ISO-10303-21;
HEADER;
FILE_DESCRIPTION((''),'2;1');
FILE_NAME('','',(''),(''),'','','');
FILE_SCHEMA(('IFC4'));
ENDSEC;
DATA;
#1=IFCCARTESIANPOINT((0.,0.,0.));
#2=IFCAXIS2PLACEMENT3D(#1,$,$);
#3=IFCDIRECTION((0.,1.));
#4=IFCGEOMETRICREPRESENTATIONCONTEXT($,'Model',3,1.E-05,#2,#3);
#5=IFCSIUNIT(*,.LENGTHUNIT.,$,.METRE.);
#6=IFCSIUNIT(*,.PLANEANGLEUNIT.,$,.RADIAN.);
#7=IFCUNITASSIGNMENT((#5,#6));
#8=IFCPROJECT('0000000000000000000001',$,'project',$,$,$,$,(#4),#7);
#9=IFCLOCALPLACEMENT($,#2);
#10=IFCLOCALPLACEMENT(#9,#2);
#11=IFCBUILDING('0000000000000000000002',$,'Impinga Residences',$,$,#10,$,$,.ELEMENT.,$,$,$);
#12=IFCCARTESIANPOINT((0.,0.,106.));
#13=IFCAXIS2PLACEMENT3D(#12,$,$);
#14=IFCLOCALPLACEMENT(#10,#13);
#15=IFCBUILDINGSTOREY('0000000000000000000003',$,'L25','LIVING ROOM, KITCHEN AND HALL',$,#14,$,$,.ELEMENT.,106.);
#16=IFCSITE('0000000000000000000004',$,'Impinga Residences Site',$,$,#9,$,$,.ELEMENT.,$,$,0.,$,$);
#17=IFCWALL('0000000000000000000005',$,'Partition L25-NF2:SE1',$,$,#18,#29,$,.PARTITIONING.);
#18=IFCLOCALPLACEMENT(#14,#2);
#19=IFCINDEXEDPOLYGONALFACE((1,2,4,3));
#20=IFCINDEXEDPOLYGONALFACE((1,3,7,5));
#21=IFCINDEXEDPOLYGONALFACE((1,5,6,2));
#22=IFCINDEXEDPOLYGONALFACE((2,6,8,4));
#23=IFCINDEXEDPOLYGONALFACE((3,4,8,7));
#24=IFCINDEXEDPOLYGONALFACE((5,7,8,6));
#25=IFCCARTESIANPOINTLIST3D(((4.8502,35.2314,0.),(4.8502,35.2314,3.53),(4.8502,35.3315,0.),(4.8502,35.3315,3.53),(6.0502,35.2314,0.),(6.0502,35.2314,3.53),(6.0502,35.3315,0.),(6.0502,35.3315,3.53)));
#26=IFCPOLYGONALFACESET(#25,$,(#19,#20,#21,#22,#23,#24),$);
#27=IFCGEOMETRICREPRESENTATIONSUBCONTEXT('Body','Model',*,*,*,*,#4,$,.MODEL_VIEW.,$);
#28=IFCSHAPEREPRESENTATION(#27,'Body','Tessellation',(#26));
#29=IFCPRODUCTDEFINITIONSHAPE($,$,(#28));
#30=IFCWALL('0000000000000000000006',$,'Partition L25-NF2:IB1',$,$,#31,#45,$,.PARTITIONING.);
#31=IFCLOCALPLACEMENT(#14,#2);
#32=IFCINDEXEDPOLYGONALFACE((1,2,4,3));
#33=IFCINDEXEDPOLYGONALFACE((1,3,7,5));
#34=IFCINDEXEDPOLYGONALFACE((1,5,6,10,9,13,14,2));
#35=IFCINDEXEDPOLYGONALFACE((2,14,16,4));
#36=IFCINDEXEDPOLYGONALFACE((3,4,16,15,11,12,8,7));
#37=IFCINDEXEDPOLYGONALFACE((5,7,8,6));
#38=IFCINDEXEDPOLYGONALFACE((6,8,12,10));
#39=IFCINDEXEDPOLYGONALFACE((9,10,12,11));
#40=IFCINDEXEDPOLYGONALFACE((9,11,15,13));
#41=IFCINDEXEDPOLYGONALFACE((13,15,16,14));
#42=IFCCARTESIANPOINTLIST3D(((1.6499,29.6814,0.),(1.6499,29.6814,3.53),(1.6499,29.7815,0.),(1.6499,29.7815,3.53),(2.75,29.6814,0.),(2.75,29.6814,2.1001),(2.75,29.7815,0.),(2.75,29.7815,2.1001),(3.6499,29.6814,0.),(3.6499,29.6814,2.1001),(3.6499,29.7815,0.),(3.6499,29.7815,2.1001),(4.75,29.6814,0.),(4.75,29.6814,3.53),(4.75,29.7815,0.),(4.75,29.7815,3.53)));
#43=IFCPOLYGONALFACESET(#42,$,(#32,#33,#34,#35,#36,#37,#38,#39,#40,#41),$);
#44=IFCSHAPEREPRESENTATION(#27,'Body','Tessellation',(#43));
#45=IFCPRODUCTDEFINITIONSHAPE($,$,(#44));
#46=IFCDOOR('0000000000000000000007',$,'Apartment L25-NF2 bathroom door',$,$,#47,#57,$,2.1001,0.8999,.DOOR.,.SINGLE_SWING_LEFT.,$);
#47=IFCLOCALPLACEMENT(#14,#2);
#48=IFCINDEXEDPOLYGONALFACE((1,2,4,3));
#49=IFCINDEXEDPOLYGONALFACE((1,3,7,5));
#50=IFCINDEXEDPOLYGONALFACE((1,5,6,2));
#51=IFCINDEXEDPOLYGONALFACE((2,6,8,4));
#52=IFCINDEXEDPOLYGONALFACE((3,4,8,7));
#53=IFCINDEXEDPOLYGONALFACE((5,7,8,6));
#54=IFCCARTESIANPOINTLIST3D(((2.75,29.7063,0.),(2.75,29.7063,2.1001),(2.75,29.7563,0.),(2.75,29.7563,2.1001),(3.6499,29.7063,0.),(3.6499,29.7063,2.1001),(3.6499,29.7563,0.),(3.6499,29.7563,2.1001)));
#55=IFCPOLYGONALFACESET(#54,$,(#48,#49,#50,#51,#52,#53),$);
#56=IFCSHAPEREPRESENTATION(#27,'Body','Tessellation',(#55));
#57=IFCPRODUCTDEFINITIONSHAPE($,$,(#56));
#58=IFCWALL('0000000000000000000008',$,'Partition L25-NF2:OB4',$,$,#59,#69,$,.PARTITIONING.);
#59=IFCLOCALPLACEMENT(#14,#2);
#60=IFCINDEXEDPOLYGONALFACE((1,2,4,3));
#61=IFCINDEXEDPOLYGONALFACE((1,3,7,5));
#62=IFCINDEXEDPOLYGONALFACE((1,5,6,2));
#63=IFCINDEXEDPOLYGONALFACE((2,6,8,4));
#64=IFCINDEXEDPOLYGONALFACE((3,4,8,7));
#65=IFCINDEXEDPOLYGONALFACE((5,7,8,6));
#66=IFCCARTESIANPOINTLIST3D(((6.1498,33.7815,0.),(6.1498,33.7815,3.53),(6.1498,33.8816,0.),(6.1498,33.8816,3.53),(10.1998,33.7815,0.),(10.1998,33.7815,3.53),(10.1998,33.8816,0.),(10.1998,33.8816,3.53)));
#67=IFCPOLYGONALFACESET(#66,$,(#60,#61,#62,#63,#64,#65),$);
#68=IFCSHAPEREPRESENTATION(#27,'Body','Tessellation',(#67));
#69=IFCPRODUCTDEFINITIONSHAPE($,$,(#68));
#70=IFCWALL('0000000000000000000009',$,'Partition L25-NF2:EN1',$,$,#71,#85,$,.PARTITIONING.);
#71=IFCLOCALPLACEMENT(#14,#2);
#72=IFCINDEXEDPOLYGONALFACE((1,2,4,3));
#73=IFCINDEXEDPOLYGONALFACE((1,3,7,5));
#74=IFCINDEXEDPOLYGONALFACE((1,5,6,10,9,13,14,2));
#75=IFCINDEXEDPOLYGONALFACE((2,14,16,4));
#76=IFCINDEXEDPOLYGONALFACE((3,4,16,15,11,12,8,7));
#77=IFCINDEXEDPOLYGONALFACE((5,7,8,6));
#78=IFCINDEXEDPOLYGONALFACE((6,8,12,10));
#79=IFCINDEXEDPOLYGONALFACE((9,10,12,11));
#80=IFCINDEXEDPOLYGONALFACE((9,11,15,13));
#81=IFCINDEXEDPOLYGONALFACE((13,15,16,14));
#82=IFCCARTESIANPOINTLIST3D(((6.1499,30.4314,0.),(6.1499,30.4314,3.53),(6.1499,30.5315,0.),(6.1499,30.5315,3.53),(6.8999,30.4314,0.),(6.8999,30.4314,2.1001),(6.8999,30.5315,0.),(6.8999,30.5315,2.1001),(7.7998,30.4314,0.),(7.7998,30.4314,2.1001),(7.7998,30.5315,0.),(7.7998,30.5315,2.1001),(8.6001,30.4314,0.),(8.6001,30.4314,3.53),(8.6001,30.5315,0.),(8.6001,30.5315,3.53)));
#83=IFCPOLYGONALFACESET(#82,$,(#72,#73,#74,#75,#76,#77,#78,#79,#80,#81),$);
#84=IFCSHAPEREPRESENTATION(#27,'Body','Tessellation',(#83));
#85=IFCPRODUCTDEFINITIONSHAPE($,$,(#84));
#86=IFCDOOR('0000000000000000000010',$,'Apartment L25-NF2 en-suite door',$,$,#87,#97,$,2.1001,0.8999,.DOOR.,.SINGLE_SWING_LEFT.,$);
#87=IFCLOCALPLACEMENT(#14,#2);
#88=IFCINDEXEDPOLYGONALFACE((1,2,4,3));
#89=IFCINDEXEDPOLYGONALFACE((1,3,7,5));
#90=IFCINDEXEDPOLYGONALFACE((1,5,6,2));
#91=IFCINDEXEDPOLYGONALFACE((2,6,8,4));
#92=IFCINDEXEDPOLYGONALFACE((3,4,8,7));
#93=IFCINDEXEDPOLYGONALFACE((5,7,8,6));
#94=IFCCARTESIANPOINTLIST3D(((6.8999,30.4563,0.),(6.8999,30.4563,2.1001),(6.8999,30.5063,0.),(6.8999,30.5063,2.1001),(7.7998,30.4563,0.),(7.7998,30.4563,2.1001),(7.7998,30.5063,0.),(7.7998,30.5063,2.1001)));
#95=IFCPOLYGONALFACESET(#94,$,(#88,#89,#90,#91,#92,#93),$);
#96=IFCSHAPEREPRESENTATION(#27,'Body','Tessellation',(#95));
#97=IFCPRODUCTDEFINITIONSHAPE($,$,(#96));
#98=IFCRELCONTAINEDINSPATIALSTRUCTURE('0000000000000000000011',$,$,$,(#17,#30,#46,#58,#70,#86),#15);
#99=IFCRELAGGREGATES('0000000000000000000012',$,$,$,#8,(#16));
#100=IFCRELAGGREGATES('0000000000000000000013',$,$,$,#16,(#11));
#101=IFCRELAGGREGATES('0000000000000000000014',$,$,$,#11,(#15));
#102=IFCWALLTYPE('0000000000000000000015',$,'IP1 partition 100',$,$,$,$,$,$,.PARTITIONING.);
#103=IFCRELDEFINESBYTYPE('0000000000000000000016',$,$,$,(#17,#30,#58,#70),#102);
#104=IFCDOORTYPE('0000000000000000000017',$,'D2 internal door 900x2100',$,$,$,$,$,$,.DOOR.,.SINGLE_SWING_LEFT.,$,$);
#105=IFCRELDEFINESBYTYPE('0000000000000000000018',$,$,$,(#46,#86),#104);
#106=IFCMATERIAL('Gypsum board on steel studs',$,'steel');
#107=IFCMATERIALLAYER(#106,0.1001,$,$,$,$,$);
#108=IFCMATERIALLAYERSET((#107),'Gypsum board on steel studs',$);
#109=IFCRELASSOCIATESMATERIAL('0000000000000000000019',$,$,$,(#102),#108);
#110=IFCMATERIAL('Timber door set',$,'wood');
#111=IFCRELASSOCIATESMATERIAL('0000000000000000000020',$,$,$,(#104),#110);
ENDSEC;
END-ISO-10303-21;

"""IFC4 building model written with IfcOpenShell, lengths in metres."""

from ifc_helpers import new_model, si_unit, direction, frame, frame_2d, origin, place, context, subcontext, project, spatial, rectangle, extrude, material, layer, layer_set, type_object, element, fill, save


model = new_model("IFC4")

# Units and contexts
model_context = context("Model", 3, precision=1e-05, world=origin(), true_north=direction((0.0, 1.0)))
body_context = subcontext(model_context, "Body", "Model", "MODEL_VIEW")
ifc_project = project(units=[si_unit("LENGTHUNIT", "METRE"), si_unit("PLANEANGLEUNIT", "RADIAN")], contexts=[model_context])

# Site, building, storey
site_placement = place(None, origin())
site = spatial("IfcSite", under=ifc_project, at=site_placement, Name="Impinga Residences Site", CompositionType="ELEMENT", RefElevation=0.0)
building_placement = place(site_placement, origin())
building = spatial("IfcBuilding", under=site, at=building_placement, Name="Impinga Residences", CompositionType="ELEMENT")
storey_placement = place(building_placement, frame((0.0, 0.0, 106.0)))
storey = spatial("IfcBuildingStorey", under=building, at=storey_placement, Name="L25", Description="LIVING ROOM, KITCHEN AND HALL", CompositionType="ELEMENT", Elevation=106.0)

# Wall
ifc_material_1 = material(Name="Gypsum board on steel studs", Category="steel")
ifc_layer_1 = layer(ifc_material_1, 0.1001)
ifc_layer_set_1 = layer_set([ifc_layer_1], Name="Gypsum board on steel studs")
wall_type_1 = type_object("IfcWallType", Name="IP1 partition 100", PredefinedType="PARTITIONING", material=ifc_layer_set_1)
wall_1_placement = place(storey_placement, frame((4.8501, 35.2815, 0.0), z_axis=(0.0, 0.0, 1.0), x_axis=(1.0, 0.0, 0.0)))
element("IfcWall", 1, at=wall_1_placement, inside=storey, type_object=wall_type_1, Name="Partition L25-NF2:SE1", PredefinedType="PARTITIONING", context=body_context, shape_type="SweptSolid", body=[
    extrude(rectangle(XDim=1.2, YDim=0.1001, at=frame_2d((0.6001, 0.0))), origin(), (0.0, 0.0, 1.0), 3.53),
])

# Wall, opening, door
wall_2_placement = place(storey_placement, frame((1.6499, 29.7314, 0.0), z_axis=(0.0, 0.0, 1.0), x_axis=(1.0, 0.0, 0.0)))
wall_2 = element("IfcWall", 2, at=wall_2_placement, inside=storey, type_object=wall_type_1, Name="Partition L25-NF2:IB1", PredefinedType="PARTITIONING", context=body_context, shape_type="SweptSolid", body=[
    extrude(rectangle(XDim=3.1001, YDim=0.1001, at=frame_2d((1.55, 0.0))), origin(), (0.0, 0.0, 1.0), 3.53),
])
opening_1_placement = place(wall_2_placement, frame((1.1001, 0.0, 0.0)))
opening_1 = element("IfcOpeningElement", 3, at=opening_1_placement, cuts=wall_2, PredefinedType="OPENING", context=body_context, shape_type="SweptSolid", body=[
    extrude(rectangle(XDim=0.8999, YDim=2.1001, at=frame_2d((0.45, 1.05))), frame((0.0, 0.0601, 0.0), z_axis=(0.0, -1.0, 0.0), x_axis=(1.0, 0.0, 0.0)), (0.0, 0.0, 1.0), 0.1201),
])
ifc_material_2 = material(Name="Timber door set", Category="wood")
door_type = type_object("IfcDoorType", Name="D2 internal door 900x2100", OperationType="SINGLE_SWING_LEFT", PredefinedType="DOOR", material=ifc_material_2)
door_1_placement = place(opening_1_placement, origin())
door_1 = element("IfcDoor", 4, at=door_1_placement, inside=storey, type_object=door_type, Name="Apartment L25-NF2 bathroom door", OperationType="SINGLE_SWING_LEFT", OverallHeight=2.1001, OverallWidth=0.8999, PredefinedType="DOOR", context=body_context, shape_type="SweptSolid", body=[
    extrude(rectangle(XDim=0.8999, YDim=2.1001, at=frame_2d((0.45, 1.05))), frame((0.0, 0.0249, 0.0), z_axis=(0.0, -1.0, 0.0), x_axis=(1.0, 0.0, 0.0)), (0.0, 0.0, 1.0), 0.05),
])
fill(opening_1, door_1)

# Wall
wall_3_placement = place(storey_placement, frame((6.1499, 33.8315, 0.0), z_axis=(0.0, 0.0, 1.0), x_axis=(1.0, 0.0, 0.0)))
element("IfcWall", 5, at=wall_3_placement, inside=storey, type_object=wall_type_1, Name="Partition L25-NF2:OB4", PredefinedType="PARTITIONING", context=body_context, shape_type="SweptSolid", body=[
    extrude(rectangle(XDim=4.05, YDim=0.1001, at=frame_2d((2.0249, 0.0))), origin(), (0.0, 0.0, 1.0), 3.53),
])

# Wall, opening, door
wall_4_placement = place(storey_placement, frame((6.1499, 30.4814, 0.0), z_axis=(0.0, 0.0, 1.0), x_axis=(1.0, 0.0, 0.0)))
wall_4 = element("IfcWall", 6, at=wall_4_placement, inside=storey, type_object=wall_type_1, Name="Partition L25-NF2:EN1", PredefinedType="PARTITIONING", context=body_context, shape_type="SweptSolid", body=[
    extrude(rectangle(XDim=2.4502, YDim=0.1001, at=frame_2d((1.2251, 0.0))), origin(), (0.0, 0.0, 1.0), 3.53),
])
opening_2_placement = place(wall_4_placement, frame((0.75, 0.0, 0.0)))
opening_2 = element("IfcOpeningElement", 7, at=opening_2_placement, cuts=wall_4, PredefinedType="OPENING", context=body_context, shape_type="SweptSolid", body=[
    extrude(rectangle(XDim=0.8999, YDim=2.1001, at=frame_2d((0.45, 1.05))), frame((0.0, 0.0601, 0.0), z_axis=(0.0, -1.0, 0.0), x_axis=(1.0, 0.0, 0.0)), (0.0, 0.0, 1.0), 0.1201),
])
door_2_placement = place(opening_2_placement, origin())
door_2 = element("IfcDoor", 8, at=door_2_placement, inside=storey, type_object=door_type, Name="Apartment L25-NF2 en-suite door", OperationType="SINGLE_SWING_LEFT", OverallHeight=2.1001, OverallWidth=0.8999, PredefinedType="DOOR", context=body_context, shape_type="SweptSolid", body=[
    extrude(rectangle(XDim=0.8999, YDim=2.1001, at=frame_2d((0.45, 1.05))), frame((0.0, 0.0249, 0.0), z_axis=(0.0, -1.0, 0.0), x_axis=(1.0, 0.0, 0.0)), (0.0, 0.0, 1.0), 0.05),
])
fill(opening_2, door_2)

save(model, "model.ifc")
